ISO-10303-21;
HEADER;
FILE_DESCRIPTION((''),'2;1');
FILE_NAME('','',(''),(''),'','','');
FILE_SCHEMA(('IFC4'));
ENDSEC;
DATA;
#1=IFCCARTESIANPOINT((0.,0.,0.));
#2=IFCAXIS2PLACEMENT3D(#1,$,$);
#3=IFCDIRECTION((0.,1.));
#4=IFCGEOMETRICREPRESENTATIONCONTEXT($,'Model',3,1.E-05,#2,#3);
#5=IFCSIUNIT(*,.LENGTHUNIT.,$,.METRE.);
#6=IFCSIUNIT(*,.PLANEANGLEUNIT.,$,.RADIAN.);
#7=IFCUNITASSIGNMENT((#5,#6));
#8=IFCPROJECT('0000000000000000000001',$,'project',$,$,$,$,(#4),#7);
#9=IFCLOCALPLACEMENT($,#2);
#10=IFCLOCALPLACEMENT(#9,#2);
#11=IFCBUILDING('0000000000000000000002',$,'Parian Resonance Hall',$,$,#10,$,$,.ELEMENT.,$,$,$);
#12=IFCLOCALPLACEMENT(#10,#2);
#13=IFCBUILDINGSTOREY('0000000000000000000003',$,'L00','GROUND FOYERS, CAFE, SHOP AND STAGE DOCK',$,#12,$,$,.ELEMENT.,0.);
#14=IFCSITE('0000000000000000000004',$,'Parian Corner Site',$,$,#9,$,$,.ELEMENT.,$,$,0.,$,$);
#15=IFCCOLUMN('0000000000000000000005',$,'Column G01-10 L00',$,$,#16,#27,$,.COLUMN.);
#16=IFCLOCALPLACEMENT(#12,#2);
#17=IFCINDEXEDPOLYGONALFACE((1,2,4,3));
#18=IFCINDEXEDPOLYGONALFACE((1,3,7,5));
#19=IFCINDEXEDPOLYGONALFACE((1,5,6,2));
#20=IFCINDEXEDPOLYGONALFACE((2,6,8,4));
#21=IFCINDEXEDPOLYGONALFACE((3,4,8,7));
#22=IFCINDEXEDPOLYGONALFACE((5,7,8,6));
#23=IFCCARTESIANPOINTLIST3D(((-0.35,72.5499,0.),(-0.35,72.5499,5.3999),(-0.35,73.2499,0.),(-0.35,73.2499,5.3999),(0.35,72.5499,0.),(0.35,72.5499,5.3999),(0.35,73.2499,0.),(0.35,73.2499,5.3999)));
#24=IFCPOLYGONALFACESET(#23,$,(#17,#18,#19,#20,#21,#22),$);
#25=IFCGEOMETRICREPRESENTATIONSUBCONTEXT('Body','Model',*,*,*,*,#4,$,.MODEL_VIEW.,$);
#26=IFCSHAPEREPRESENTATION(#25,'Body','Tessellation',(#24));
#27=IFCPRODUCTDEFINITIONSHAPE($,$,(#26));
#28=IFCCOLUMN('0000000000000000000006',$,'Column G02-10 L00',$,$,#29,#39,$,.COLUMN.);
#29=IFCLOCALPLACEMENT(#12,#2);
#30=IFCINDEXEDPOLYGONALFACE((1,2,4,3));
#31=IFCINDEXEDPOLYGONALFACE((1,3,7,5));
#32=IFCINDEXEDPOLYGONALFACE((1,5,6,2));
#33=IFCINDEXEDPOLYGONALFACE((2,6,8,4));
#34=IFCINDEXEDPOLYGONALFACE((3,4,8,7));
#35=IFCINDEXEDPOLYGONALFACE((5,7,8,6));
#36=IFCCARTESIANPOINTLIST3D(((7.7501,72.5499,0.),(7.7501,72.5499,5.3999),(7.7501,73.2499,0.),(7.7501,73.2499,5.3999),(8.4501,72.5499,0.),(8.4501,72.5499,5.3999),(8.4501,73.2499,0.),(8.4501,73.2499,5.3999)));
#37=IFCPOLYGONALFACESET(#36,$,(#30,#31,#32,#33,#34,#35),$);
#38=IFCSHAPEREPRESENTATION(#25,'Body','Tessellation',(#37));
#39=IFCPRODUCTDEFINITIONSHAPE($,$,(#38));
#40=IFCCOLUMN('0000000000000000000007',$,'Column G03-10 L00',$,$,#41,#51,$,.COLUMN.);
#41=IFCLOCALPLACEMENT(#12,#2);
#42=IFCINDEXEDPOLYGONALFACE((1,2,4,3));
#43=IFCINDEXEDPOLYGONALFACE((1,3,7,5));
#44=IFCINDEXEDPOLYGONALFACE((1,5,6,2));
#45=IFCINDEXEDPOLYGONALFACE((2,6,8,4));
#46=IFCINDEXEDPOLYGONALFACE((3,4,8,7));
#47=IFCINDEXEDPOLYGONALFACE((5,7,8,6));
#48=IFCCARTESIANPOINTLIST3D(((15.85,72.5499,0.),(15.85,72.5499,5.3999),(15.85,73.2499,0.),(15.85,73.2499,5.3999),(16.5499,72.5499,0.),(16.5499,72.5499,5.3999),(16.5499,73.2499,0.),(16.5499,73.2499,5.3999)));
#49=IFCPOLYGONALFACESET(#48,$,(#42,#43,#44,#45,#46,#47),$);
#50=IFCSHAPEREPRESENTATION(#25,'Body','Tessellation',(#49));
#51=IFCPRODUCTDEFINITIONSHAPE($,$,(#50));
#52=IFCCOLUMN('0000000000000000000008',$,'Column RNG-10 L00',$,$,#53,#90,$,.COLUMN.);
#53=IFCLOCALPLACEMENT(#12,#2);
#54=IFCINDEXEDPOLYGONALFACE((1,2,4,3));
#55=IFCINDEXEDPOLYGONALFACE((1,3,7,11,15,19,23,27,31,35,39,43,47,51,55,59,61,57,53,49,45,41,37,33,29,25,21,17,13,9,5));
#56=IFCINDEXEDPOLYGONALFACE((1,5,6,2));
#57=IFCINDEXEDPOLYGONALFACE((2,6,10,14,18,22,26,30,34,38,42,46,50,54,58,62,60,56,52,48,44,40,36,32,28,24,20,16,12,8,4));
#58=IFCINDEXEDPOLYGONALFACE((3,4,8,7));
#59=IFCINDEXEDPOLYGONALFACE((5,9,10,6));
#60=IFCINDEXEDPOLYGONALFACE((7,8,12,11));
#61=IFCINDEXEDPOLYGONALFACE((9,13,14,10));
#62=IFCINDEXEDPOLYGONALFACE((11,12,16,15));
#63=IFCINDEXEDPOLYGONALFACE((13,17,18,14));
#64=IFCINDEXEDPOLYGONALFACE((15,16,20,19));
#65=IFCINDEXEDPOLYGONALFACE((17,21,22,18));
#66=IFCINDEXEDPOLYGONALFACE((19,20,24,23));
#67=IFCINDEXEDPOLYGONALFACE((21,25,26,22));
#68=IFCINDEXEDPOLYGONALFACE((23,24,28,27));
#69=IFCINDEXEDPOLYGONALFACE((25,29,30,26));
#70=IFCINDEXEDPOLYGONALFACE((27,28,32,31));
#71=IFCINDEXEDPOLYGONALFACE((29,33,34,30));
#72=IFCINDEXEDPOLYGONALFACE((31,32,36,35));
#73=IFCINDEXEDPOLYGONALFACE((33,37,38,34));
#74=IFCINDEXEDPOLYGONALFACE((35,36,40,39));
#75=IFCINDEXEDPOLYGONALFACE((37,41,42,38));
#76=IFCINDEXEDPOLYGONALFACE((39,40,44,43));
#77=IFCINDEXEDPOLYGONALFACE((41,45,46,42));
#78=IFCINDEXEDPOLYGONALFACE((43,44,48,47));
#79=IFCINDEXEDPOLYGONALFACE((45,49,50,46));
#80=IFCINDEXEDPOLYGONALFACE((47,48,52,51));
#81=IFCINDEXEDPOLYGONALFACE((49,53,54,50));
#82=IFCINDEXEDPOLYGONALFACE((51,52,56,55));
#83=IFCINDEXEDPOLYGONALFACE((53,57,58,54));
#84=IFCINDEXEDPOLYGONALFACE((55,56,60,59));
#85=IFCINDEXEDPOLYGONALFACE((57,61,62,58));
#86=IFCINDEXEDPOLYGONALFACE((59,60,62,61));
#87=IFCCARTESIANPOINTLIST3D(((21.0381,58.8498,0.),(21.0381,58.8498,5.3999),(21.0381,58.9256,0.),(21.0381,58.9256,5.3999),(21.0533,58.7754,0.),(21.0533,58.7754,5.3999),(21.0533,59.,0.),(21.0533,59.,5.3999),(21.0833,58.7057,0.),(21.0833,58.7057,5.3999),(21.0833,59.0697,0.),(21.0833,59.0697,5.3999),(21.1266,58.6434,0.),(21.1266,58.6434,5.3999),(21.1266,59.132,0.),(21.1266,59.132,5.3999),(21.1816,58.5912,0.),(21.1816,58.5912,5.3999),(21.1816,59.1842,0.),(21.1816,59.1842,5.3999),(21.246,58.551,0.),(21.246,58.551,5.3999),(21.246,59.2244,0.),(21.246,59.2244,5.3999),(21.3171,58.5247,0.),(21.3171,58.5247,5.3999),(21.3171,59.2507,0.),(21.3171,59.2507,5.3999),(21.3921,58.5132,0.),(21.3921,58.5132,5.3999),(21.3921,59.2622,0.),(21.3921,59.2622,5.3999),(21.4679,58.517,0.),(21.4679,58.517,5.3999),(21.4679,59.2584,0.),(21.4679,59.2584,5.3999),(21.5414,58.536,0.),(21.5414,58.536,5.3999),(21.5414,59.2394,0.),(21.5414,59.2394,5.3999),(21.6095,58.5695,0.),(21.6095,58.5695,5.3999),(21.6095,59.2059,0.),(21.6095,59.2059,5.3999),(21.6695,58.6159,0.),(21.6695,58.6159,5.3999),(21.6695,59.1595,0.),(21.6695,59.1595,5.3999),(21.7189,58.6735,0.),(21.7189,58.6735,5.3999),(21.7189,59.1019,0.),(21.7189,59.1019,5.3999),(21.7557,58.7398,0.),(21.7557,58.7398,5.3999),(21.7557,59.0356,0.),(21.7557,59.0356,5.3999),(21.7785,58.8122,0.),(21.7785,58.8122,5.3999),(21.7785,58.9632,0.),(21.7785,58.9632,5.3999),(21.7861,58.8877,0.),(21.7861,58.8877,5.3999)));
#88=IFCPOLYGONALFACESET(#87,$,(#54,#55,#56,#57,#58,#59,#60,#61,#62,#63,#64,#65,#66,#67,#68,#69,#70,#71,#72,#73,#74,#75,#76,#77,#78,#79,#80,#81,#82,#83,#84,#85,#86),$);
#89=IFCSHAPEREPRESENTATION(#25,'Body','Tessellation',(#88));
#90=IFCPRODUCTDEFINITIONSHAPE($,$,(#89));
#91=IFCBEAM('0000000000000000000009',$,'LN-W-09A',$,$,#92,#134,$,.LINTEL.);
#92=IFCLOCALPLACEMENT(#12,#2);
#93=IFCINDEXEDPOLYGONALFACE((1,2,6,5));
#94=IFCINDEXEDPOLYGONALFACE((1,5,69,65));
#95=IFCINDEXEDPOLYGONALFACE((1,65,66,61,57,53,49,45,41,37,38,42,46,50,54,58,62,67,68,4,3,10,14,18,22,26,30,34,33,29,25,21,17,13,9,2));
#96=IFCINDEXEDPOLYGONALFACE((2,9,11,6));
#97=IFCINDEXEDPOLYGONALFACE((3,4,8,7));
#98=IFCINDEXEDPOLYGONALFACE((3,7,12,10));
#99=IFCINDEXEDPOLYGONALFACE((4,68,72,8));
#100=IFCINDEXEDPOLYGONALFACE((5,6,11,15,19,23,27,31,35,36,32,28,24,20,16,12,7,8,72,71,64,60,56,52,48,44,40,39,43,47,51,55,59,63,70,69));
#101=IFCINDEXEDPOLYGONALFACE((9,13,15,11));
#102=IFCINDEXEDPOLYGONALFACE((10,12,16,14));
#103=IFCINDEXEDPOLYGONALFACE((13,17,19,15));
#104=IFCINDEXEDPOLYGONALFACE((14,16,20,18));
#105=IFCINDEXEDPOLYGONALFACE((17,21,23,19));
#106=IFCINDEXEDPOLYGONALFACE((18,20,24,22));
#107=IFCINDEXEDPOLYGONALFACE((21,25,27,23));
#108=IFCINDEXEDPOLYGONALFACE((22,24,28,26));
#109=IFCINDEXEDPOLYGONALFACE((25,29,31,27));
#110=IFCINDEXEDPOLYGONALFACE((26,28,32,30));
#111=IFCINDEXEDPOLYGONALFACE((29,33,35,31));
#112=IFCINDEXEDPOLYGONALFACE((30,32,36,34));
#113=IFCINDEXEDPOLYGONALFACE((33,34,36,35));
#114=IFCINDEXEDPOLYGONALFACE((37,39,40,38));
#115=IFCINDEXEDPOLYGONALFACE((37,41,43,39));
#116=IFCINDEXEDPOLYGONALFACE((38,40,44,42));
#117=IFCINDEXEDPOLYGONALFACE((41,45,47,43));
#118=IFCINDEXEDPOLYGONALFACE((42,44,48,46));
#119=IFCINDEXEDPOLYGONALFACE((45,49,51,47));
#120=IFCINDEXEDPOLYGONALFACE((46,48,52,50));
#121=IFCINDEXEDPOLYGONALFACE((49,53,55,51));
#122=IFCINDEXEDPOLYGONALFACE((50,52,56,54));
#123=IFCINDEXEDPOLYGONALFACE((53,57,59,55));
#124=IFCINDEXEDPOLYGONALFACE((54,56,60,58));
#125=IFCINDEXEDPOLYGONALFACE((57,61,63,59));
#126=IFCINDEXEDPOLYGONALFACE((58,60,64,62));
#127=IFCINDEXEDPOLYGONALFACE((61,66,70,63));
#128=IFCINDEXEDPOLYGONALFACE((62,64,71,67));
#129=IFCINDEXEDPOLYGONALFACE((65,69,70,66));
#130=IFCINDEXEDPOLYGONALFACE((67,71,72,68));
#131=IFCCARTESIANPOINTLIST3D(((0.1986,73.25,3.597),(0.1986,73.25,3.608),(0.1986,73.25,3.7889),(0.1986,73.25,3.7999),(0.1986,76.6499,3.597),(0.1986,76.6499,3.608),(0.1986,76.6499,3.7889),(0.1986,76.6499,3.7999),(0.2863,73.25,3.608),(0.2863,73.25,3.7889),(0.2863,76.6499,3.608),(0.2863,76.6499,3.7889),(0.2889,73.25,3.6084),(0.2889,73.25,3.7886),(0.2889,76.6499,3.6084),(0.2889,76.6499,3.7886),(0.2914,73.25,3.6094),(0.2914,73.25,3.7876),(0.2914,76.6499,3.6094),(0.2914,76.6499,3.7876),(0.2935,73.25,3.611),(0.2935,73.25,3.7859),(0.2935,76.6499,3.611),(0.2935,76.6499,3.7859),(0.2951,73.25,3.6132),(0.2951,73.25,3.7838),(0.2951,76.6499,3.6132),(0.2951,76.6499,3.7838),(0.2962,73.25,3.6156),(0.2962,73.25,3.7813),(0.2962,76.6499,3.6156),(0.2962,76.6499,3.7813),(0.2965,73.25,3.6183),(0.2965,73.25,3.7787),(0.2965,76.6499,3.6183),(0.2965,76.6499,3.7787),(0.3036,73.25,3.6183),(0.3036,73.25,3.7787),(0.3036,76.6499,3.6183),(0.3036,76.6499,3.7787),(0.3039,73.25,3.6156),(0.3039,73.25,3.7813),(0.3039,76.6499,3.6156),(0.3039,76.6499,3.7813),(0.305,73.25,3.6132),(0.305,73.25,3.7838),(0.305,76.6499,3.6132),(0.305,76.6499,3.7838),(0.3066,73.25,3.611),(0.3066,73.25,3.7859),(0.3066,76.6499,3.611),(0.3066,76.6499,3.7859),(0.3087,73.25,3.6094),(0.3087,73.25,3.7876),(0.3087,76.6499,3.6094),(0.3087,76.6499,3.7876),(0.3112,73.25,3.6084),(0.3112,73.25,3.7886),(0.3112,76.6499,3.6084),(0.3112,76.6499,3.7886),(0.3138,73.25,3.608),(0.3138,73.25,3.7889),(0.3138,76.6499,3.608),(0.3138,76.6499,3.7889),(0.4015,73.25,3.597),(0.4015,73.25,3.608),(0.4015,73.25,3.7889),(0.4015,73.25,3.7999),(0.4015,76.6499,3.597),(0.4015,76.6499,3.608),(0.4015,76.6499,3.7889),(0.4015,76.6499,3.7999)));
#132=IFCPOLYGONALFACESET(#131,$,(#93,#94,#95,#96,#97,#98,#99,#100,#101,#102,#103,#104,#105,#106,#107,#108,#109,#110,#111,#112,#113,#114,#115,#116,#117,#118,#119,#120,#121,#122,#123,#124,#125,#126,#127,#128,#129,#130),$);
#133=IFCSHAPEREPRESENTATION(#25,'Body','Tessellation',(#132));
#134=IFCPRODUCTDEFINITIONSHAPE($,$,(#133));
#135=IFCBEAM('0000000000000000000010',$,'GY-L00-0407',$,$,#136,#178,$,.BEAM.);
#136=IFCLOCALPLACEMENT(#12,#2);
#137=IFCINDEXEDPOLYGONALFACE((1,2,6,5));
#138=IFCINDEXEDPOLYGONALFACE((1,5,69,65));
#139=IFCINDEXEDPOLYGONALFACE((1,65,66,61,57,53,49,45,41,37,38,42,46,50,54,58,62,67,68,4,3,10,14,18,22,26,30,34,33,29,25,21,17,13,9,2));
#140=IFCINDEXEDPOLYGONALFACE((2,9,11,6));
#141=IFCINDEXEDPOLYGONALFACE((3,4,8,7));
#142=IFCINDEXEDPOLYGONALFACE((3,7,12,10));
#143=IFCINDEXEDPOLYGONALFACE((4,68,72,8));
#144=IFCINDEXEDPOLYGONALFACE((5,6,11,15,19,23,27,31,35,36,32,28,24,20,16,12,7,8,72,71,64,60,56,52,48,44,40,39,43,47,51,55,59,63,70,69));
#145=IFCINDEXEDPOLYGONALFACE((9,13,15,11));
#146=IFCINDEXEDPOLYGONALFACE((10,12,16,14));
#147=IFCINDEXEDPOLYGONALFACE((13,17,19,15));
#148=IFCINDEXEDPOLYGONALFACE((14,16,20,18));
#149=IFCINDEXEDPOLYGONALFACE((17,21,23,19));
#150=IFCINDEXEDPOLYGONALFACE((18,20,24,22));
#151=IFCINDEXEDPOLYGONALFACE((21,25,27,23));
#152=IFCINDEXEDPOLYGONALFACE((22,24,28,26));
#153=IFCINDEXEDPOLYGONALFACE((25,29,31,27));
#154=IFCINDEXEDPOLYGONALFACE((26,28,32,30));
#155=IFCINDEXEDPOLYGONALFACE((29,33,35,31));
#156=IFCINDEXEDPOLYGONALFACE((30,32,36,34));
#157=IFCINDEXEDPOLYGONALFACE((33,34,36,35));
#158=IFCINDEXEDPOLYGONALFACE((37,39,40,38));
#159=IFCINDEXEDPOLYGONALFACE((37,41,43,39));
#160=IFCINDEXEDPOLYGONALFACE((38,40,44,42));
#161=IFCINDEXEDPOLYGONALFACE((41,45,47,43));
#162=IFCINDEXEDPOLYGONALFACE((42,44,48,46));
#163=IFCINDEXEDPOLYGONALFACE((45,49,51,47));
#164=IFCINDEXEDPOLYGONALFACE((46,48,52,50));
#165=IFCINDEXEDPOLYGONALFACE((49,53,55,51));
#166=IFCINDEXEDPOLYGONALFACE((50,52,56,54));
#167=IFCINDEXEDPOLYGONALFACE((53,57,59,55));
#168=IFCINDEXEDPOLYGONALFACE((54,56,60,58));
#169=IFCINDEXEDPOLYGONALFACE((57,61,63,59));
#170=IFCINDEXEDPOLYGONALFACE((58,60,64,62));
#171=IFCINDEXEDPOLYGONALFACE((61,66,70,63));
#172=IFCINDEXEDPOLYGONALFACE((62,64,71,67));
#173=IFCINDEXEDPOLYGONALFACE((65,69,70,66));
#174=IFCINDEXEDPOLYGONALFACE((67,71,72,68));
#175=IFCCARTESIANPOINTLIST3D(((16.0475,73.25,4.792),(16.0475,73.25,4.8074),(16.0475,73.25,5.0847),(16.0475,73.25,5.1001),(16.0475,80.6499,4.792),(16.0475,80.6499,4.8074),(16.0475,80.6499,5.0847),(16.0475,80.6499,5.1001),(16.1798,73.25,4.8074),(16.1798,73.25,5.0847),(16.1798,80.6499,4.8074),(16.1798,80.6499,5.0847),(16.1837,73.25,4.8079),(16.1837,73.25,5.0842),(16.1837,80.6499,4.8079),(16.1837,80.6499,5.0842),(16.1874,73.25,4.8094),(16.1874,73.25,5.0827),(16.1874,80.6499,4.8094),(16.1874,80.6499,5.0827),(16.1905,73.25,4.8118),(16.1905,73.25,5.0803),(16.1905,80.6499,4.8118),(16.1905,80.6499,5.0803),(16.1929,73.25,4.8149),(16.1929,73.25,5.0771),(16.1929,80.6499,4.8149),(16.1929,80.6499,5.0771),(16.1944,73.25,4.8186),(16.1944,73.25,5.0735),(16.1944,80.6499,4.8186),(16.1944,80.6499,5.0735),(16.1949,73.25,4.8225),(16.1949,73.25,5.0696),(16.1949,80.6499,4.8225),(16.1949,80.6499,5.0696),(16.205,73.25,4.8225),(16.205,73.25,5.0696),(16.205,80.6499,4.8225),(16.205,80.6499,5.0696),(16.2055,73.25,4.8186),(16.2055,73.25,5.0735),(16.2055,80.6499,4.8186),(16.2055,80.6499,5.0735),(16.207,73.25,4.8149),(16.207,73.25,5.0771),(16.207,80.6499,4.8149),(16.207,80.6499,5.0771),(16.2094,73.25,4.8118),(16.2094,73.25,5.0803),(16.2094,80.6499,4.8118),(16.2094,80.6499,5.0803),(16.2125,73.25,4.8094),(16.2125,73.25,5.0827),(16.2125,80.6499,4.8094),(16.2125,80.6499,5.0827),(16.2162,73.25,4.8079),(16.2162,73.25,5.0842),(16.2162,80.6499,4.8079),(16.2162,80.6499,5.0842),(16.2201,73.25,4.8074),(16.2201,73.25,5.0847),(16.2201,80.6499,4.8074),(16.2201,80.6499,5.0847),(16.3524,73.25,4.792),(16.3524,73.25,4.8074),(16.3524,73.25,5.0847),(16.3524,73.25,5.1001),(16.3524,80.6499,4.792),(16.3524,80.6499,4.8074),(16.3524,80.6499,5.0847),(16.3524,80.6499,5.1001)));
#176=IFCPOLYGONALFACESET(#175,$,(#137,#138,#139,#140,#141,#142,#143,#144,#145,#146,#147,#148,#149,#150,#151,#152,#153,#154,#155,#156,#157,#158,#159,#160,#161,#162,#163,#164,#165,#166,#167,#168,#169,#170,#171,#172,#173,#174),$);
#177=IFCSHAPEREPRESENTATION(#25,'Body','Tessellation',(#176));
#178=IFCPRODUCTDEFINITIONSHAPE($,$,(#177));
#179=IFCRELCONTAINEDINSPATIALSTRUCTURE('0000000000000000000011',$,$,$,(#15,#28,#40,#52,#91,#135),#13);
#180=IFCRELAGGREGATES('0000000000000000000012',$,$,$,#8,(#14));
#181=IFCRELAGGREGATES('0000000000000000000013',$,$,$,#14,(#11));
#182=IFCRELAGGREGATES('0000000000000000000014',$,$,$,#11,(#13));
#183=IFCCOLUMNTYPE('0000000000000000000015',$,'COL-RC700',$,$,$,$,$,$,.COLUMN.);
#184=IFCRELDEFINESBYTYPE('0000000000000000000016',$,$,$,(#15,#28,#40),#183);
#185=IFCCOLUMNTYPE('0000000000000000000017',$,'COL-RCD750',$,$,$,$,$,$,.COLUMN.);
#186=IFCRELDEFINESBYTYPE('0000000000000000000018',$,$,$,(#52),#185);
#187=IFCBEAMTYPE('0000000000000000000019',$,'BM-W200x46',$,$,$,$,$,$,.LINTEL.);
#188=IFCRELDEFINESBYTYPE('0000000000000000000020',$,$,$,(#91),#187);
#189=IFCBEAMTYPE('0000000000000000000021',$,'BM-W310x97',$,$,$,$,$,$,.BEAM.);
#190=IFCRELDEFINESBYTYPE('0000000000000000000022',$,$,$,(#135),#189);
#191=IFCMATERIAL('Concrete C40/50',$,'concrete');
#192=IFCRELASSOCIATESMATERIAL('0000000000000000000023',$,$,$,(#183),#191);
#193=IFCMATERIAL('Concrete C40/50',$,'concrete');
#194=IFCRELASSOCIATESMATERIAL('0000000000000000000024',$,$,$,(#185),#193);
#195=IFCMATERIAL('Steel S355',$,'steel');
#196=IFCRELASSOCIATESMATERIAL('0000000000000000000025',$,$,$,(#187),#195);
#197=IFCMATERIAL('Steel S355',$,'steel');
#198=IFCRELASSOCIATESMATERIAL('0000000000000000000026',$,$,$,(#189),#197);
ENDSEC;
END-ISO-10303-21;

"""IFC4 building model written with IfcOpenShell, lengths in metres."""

from ifc_helpers import new_model, si_unit, direction, frame, origin, origin_2d, place, context, subcontext, project, spatial, rectangle, circle, i_section, extrude, material, material_profile, profile_set, type_object, element, save


model = new_model("IFC4")

# Units and contexts
model_context = context("Model", 3, precision=1e-05, world=origin(), true_north=direction((0.0, 1.0)))
body_context = subcontext(model_context, "Body", "Model", "MODEL_VIEW")
ifc_project = project(units=[si_unit("LENGTHUNIT", "METRE"), si_unit("PLANEANGLEUNIT", "RADIAN")], contexts=[model_context])

# Site, building, storey
site_placement = place(None, origin())
site = spatial("IfcSite", under=ifc_project, at=site_placement, Name="Parian Corner Site", CompositionType="ELEMENT", RefElevation=0.0)
building_placement = place(site_placement, origin())
building = spatial("IfcBuilding", under=site, at=building_placement, Name="Parian Resonance Hall", CompositionType="ELEMENT")
storey_placement = place(building_placement, origin())
storey = spatial("IfcBuildingStorey", under=building, at=storey_placement, Name="L00", Description="GROUND FOYERS, CAFE, SHOP AND STAGE DOCK", CompositionType="ELEMENT", Elevation=0.0)

# Columns
ifc_material_1 = material(Name="Concrete C40/50", Category="concrete")
ifc_material_profile_1 = material_profile(ifc_material_1, rectangle(XDim=0.7, YDim=0.7, at=origin_2d()), Name="RC-COL-700x700")
ifc_profile_set_1 = profile_set([ifc_material_profile_1], Name="Concrete C40/50")
column_type_1 = type_object("IfcColumnType", Name="COL-RC700", PredefinedType="COLUMN", material=ifc_profile_set_1)
for number, where, z_axis, x_axis, name in (
    (1, (0.0, 72.8999, 0.0), (0.0, 0.0, 1.0), (1.0, 0.0, 0.0), "Column G01-10 L00"),
    (2, (8.1001, 72.8999, 0.0), (0.0, 0.0, 1.0), (1.0, 0.0, 0.0), "Column G02-10 L00"),
    (3, (16.2, 72.8999, 0.0), (0.0, 0.0, 1.0), (1.0, 0.0, 0.0), "Column G03-10 L00"),
):
    element("IfcColumn", number, at=place(storey_placement, frame(where, z_axis=z_axis, x_axis=x_axis)), inside=storey, type_object=column_type_1, Name=name, PredefinedType="COLUMN", context=body_context, shape_type="SweptSolid", body=[
        extrude(rectangle(XDim=0.7, YDim=0.7, at=origin_2d()), origin(), (0.0, 0.0, 1.0), 5.3999),
    ])
ifc_material_2 = material(Name="Concrete C40/50", Category="concrete")
ifc_material_profile_2 = material_profile(ifc_material_2, circle(Radius=0.375, at=origin_2d()), Name="RC-COL-D750")
ifc_profile_set_2 = profile_set([ifc_material_profile_2], Name="Concrete C40/50")
column_type_2 = type_object("IfcColumnType", Name="COL-RCD750", PredefinedType="COLUMN", material=ifc_profile_set_2)
column_placement = place(storey_placement, frame((21.4111, 58.8877, 0.0), z_axis=(0.0, 0.0, 1.0), x_axis=(1.0, 0.0, 0.0)))
element("IfcColumn", 4, at=column_placement, inside=storey, type_object=column_type_2, Name="Column RNG-10 L00", PredefinedType="COLUMN", context=body_context, shape_type="SweptSolid", body=[
    extrude(circle(Radius=0.375, at=origin_2d()), origin(), (0.0, 0.0, 1.0), 5.3999),
])

# Beams
ifc_material_3 = material(Name="Steel S355", Category="steel")
ifc_material_profile_3 = material_profile(ifc_material_3, i_section(OverallWidth=0.2029, OverallDepth=0.2029, WebThickness=0.0071, FlangeThickness=0.011, FilletRadius=0.0103, at=origin_2d()), Name="W200x46")
ifc_profile_set_3 = profile_set([ifc_material_profile_3], Name="Steel S355")
beam_type_1 = type_object("IfcBeamType", Name="BM-W200x46", PredefinedType="LINTEL", material=ifc_profile_set_3)
beam_1_placement = place(storey_placement, frame((0.3, 73.25, 3.6985), z_axis=(0.0, 1.0, 0.0), x_axis=(-1.0, 0.0, 0.0)))
element("IfcBeam", 5, at=beam_1_placement, inside=storey, type_object=beam_type_1, Name="LN-W-09A", PredefinedType="LINTEL", context=body_context, shape_type="SweptSolid", body=[
    extrude(i_section(OverallWidth=0.2029, OverallDepth=0.2029, WebThickness=0.0071, FlangeThickness=0.011, FilletRadius=0.0103, at=origin_2d()), origin(), (0.0, 0.0, 1.0), 3.3999),
])
ifc_material_4 = material(Name="Steel S355", Category="steel")
ifc_material_profile_4 = material_profile(ifc_material_4, i_section(OverallWidth=0.3049, OverallDepth=0.3081, WebThickness=0.01, FlangeThickness=0.0154, FilletRadius=0.0151, at=origin_2d()), Name="W310x97")
ifc_profile_set_4 = profile_set([ifc_material_profile_4], Name="Steel S355")
beam_type_2 = type_object("IfcBeamType", Name="BM-W310x97", PredefinedType="BEAM", material=ifc_profile_set_4)
beam_2_placement = place(storey_placement, frame((16.2, 73.25, 4.946), z_axis=(0.0, 1.0, 0.0), x_axis=(-1.0, 0.0, 0.0)))
element("IfcBeam", 6, at=beam_2_placement, inside=storey, type_object=beam_type_2, Name="GY-L00-0407", PredefinedType="BEAM", context=body_context, shape_type="SweptSolid", body=[
    extrude(i_section(OverallWidth=0.3049, OverallDepth=0.3081, WebThickness=0.01, FlangeThickness=0.0154, FilletRadius=0.0151, at=origin_2d()), origin(), (0.0, 0.0, 1.0), 7.3999),
])

save(model, "model.ifc")
